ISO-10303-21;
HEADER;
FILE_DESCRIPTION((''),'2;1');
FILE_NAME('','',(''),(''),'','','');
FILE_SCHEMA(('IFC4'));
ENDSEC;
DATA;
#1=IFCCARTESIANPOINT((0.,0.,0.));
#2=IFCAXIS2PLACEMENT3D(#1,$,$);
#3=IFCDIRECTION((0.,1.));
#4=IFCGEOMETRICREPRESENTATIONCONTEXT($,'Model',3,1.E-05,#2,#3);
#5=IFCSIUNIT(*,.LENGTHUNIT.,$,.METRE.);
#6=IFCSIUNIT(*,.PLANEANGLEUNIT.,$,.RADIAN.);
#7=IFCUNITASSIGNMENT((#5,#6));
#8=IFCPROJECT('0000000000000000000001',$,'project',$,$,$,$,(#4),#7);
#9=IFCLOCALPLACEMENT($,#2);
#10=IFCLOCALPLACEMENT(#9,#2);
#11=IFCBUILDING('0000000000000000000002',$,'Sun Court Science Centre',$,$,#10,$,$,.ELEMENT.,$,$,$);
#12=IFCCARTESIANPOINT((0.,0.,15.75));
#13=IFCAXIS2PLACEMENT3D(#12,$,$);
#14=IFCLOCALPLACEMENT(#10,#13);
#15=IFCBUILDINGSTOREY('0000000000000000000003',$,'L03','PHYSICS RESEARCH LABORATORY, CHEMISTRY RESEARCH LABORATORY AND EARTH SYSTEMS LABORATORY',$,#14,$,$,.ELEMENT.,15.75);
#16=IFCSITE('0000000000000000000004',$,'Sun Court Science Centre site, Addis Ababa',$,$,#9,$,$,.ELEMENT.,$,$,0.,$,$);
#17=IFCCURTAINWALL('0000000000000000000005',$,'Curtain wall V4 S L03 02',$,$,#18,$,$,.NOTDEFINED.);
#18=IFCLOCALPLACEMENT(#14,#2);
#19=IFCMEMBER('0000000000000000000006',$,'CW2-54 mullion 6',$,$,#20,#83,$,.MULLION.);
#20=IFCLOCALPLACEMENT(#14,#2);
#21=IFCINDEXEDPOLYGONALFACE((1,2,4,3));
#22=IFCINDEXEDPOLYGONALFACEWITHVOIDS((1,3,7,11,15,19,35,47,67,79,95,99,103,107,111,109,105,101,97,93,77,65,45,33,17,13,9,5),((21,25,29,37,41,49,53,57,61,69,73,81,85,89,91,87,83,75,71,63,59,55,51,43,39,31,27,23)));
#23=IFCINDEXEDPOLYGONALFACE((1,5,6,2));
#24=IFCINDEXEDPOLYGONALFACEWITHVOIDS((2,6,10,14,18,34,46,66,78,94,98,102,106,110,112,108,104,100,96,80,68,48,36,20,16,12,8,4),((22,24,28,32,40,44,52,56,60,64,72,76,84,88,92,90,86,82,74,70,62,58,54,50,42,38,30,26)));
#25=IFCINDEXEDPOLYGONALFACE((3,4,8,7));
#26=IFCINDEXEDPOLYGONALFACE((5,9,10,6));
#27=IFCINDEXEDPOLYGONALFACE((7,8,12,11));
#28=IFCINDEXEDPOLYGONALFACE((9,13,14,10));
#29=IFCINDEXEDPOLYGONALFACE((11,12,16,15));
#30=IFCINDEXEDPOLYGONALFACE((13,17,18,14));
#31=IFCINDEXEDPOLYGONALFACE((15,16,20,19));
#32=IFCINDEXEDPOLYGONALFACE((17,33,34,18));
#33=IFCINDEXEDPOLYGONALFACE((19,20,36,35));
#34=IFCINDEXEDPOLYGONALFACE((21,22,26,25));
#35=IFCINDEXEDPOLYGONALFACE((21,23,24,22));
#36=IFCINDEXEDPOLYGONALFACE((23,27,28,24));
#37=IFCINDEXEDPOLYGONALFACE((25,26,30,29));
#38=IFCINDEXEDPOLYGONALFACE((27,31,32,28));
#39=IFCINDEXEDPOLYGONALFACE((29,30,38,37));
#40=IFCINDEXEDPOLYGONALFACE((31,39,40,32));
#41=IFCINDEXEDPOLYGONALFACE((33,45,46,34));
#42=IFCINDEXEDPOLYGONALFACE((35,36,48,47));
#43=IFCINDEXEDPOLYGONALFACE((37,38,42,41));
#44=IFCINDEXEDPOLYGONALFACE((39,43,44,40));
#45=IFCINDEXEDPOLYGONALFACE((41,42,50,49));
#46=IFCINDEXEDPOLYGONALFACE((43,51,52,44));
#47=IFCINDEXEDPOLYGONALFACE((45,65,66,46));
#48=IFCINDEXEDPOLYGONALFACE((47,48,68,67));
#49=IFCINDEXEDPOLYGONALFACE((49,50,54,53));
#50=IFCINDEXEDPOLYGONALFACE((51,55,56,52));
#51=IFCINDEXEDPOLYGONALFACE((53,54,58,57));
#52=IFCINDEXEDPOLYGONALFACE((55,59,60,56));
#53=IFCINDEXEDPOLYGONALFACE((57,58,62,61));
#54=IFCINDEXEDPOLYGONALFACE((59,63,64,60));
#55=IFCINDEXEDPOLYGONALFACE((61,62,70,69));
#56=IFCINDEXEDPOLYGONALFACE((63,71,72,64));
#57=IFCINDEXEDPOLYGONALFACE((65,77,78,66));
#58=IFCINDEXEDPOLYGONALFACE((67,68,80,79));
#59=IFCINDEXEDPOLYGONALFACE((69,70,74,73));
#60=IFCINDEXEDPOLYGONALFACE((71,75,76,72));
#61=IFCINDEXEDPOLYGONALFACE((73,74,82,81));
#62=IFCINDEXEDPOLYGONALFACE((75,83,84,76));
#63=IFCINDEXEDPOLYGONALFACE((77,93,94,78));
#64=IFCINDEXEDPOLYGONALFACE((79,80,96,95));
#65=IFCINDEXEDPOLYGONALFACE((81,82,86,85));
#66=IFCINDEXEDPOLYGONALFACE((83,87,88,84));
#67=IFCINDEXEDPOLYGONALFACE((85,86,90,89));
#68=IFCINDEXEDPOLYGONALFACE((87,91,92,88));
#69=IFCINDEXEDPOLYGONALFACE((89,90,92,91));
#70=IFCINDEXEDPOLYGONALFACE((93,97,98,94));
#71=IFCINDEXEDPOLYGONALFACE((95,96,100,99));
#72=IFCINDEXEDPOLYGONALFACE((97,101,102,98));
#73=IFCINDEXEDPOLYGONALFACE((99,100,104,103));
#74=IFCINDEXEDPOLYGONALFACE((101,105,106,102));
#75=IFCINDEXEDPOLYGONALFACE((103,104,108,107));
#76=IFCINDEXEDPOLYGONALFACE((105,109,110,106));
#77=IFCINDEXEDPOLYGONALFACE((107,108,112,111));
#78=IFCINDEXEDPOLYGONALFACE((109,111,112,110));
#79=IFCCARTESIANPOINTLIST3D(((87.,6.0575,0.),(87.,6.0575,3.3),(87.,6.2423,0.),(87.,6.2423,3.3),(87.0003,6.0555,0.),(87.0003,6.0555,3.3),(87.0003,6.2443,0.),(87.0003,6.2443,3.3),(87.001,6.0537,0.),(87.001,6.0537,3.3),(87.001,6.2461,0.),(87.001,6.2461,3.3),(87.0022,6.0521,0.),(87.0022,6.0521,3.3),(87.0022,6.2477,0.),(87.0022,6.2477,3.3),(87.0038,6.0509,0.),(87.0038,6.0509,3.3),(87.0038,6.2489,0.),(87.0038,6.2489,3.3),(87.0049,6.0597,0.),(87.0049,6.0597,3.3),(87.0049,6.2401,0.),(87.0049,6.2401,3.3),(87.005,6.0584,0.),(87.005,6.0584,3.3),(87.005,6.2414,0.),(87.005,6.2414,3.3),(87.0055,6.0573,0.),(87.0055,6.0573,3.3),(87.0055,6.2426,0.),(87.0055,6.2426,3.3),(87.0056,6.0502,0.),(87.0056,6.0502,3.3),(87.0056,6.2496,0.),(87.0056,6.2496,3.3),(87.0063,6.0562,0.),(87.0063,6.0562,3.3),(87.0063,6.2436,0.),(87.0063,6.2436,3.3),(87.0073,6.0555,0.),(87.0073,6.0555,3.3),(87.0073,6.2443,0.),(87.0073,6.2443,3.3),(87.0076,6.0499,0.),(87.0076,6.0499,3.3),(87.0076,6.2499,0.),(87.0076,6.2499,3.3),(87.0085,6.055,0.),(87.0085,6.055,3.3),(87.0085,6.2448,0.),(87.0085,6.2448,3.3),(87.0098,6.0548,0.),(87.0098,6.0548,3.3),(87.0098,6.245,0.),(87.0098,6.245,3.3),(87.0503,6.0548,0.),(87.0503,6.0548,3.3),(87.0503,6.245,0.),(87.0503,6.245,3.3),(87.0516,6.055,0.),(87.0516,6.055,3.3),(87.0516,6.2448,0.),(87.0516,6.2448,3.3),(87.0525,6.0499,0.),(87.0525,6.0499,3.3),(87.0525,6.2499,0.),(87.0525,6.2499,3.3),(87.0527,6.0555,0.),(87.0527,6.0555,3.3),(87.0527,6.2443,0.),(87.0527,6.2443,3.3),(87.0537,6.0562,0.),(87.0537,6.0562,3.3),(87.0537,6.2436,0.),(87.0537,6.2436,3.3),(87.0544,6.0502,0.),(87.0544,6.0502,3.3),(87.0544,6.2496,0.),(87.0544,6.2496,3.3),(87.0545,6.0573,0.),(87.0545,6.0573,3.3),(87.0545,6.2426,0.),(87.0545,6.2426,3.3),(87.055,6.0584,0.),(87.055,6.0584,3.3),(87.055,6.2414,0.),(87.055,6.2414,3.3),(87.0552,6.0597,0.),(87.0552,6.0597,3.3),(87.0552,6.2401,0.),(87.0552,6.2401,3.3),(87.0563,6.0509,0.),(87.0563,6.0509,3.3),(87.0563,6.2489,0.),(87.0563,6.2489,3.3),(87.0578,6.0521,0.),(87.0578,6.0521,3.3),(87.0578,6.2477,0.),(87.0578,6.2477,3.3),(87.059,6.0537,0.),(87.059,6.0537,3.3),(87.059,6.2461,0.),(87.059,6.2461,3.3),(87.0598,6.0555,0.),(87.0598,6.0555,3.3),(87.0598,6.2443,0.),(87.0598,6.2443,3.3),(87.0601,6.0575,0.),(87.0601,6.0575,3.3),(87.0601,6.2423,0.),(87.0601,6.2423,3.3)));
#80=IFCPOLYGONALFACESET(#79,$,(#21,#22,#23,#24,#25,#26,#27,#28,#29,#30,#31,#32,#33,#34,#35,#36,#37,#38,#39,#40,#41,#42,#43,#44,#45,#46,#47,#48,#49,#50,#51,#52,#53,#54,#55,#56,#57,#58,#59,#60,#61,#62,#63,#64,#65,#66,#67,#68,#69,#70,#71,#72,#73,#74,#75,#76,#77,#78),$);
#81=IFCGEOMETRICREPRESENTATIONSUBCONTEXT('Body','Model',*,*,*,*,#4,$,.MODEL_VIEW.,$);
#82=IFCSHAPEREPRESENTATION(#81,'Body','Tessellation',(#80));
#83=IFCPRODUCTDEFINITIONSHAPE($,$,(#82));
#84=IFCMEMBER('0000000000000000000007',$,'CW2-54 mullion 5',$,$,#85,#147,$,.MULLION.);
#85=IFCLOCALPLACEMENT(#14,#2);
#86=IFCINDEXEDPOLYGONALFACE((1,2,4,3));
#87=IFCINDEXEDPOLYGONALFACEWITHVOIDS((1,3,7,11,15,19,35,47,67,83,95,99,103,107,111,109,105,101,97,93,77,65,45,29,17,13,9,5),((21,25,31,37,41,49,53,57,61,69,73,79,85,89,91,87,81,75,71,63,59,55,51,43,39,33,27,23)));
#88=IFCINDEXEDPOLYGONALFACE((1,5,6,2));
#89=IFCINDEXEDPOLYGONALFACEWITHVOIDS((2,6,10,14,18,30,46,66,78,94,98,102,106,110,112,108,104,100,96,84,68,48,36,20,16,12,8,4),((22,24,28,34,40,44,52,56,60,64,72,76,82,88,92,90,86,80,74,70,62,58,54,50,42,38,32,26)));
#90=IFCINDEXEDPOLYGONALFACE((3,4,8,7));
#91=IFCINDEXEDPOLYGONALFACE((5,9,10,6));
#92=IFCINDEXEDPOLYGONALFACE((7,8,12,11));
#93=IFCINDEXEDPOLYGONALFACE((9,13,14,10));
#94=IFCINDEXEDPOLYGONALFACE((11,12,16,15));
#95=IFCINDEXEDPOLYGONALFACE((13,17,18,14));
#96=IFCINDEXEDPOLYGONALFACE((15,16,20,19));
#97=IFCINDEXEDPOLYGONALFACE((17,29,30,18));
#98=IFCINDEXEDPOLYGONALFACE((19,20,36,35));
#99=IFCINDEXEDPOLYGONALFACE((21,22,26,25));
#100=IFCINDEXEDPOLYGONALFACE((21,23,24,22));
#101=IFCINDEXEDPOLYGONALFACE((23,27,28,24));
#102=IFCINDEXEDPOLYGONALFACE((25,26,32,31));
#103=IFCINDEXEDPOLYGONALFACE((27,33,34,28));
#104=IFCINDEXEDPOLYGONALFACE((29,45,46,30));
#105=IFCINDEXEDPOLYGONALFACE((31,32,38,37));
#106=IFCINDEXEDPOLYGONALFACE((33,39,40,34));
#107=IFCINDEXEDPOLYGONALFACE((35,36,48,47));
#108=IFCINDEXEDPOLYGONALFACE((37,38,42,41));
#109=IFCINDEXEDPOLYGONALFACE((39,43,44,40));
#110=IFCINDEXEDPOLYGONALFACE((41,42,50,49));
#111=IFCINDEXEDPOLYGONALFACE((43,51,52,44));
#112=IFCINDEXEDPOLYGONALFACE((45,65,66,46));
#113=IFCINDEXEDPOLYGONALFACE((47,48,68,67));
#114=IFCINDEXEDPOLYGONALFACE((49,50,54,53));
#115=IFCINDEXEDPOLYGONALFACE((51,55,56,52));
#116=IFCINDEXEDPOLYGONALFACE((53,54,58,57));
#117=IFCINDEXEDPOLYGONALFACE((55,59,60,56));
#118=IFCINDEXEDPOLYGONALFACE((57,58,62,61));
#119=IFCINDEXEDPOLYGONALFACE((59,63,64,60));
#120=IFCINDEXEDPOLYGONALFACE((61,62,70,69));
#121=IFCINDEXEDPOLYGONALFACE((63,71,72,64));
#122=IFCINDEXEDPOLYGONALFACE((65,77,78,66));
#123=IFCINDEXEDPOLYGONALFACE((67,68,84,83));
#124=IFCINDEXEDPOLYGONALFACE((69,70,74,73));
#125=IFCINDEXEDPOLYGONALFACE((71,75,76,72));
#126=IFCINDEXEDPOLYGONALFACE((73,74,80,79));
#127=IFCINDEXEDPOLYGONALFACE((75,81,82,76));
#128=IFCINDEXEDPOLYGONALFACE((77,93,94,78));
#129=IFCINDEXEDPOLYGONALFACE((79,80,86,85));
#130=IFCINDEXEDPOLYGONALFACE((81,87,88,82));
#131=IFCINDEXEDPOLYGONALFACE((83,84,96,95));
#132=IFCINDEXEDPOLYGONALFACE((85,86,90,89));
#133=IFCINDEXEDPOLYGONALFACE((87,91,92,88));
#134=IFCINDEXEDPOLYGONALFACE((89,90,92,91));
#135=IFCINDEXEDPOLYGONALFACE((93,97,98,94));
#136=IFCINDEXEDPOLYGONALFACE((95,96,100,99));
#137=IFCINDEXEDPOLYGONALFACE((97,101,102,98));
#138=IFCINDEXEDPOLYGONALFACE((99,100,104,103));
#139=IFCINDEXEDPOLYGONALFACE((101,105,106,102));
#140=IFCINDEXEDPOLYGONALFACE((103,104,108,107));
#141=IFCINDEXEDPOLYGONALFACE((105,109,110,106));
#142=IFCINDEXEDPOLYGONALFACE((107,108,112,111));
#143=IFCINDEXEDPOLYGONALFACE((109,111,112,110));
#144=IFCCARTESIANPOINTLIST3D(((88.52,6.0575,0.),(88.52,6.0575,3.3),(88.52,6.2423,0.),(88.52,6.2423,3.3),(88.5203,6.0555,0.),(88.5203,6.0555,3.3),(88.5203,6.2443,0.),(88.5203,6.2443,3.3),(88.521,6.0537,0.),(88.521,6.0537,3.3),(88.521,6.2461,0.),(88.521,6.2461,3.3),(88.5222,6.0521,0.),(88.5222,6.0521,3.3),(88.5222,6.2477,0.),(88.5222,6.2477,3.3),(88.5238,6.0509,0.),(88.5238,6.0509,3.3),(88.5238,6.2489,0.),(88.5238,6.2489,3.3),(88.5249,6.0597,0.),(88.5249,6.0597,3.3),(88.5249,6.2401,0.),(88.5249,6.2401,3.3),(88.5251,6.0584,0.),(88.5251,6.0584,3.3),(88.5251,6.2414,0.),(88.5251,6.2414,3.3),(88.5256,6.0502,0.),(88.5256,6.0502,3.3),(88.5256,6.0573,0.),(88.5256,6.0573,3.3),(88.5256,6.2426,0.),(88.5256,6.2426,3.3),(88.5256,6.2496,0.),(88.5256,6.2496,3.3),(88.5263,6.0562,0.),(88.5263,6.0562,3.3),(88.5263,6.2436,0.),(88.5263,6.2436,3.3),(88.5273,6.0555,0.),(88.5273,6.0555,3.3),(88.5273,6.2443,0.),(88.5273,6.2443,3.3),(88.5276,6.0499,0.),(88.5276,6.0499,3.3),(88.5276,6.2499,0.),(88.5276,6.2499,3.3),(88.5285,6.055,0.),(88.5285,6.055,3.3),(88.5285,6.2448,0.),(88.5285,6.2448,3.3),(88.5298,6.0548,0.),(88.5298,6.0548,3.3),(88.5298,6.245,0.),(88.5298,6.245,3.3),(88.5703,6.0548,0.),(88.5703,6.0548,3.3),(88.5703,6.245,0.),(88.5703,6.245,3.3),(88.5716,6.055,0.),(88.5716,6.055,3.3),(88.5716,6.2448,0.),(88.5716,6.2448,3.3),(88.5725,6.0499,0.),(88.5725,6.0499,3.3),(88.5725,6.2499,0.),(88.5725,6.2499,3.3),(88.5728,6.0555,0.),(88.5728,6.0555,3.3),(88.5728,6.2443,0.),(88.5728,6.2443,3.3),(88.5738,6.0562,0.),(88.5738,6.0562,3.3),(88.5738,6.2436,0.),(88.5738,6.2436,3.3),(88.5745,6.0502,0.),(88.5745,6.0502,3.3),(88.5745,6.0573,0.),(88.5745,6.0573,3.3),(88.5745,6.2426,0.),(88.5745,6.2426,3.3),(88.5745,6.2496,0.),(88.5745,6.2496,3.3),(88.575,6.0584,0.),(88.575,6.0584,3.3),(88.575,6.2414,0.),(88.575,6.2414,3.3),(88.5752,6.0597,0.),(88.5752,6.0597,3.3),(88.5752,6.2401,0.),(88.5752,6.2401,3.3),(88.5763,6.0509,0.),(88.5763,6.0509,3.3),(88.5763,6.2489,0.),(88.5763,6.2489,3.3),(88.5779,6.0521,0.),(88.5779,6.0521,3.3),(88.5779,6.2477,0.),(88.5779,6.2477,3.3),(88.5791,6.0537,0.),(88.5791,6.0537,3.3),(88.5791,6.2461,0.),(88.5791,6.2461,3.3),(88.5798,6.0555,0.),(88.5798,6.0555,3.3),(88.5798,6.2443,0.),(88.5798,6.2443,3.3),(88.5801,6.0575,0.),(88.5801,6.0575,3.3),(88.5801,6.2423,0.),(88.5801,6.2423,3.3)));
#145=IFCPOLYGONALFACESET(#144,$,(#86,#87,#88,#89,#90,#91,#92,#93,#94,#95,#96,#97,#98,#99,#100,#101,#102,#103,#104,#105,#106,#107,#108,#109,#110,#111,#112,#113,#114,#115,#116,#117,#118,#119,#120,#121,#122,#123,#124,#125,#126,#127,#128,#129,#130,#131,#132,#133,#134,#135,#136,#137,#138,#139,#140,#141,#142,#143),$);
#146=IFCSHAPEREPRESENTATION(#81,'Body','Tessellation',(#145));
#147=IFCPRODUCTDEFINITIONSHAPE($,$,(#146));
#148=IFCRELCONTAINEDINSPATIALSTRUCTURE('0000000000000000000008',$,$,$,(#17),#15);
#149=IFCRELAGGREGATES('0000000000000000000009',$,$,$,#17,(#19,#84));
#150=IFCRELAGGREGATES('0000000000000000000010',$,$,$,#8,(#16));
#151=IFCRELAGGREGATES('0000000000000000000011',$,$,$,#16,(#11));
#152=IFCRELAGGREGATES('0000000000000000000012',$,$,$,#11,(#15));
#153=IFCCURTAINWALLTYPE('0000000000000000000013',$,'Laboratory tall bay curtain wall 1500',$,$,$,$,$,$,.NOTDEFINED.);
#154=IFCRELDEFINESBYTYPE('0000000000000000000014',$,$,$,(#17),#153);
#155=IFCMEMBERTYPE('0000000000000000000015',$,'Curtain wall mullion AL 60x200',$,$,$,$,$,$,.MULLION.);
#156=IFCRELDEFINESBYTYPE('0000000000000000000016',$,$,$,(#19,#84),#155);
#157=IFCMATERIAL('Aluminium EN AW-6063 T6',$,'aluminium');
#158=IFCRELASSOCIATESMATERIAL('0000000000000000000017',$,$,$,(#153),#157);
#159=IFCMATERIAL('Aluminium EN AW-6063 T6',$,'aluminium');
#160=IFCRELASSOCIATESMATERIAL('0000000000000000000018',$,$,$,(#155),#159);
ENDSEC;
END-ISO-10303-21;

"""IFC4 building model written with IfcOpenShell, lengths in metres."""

from ifc_helpers import new_model, si_unit, direction, frame, origin, origin_2d, place, context, subcontext, project, spatial, hollow_rectangle, extrude, material, material_profile, profile_set, type_object, element, aggregate, save


model = new_model("IFC4")

# Units and contexts
model_context = context("Model", 3, precision=1e-05, world=origin(), true_north=direction((0.0, 1.0)))
body_context = subcontext(model_context, "Body", "Model", "MODEL_VIEW")
ifc_project = project(units=[si_unit("LENGTHUNIT", "METRE"), si_unit("PLANEANGLEUNIT", "RADIAN")], contexts=[model_context])

# Site, building, storey
site_placement = place(None, origin())
site = spatial("IfcSite", under=ifc_project, at=site_placement, Name="Sun Court Science Centre site, Addis Ababa", CompositionType="ELEMENT", RefElevation=0.0)
building_placement = place(site_placement, origin())
building = spatial("IfcBuilding", under=site, at=building_placement, Name="Sun Court Science Centre", CompositionType="ELEMENT")
storey_placement = place(building_placement, frame((0.0, 0.0, 15.75)))
storey = spatial("IfcBuildingStorey", under=building, at=storey_placement, Name="L03", Description="PHYSICS RESEARCH LABORATORY, CHEMISTRY RESEARCH LABORATORY AND EARTH SYSTEMS LABORATORY", CompositionType="ELEMENT", Elevation=15.75)

# Curtain wall, members
ifc_material_1 = material(Name="Aluminium EN AW-6063 T6", Category="aluminium")
curtain_wall_type = type_object("IfcCurtainWallType", Name="Laboratory tall bay curtain wall 1500", PredefinedType="NOTDEFINED", material=ifc_material_1)
curtain_wall_placement = place(storey_placement, origin())
curtain_wall = element("IfcCurtainWall", 1, at=curtain_wall_placement, inside=storey, type_object=curtain_wall_type, Name="Curtain wall V4 S L03 02", PredefinedType="NOTDEFINED")
ifc_material_2 = material(Name="Aluminium EN AW-6063 T6", Category="aluminium")
ifc_material_profile_1 = material_profile(ifc_material_2, hollow_rectangle(XDim=0.0601, YDim=0.2, WallThickness=0.0049, InnerFilletRadius=0.0049, OuterFilletRadius=0.0076, at=origin_2d()), Name="AL 60x200x5")
ifc_profile_set_1 = profile_set([ifc_material_profile_1], Name="Aluminium EN AW-6063 T6")
member_type_1 = type_object("IfcMemberType", Name="Curtain wall mullion AL 60x200", PredefinedType="MULLION", material=ifc_profile_set_1)
member_1_placement = place(storey_placement, frame((87.03, 6.1499, 0.0), z_axis=(0.0, 0.0, 1.0), x_axis=(-1.0, 0.0, 0.0)))
member_1 = element("IfcMember", 2, at=member_1_placement, type_object=member_type_1, Name="CW2-54 mullion 6", PredefinedType="MULLION", context=body_context, shape_type="SweptSolid", body=[
    extrude(hollow_rectangle(XDim=0.0601, YDim=0.2, WallThickness=0.0049, InnerFilletRadius=0.0049, OuterFilletRadius=0.0076, at=origin_2d()), origin(), (0.0, 0.0, 1.0), 3.3),
])
member_2_placement = place(storey_placement, frame((88.55, 6.1499, 0.0), z_axis=(0.0, 0.0, 1.0), x_axis=(-1.0, 0.0, 0.0)))
member_2 = element("IfcMember", 3, at=member_2_placement, type_object=member_type_1, Name="CW2-54 mullion 5", PredefinedType="MULLION", context=body_context, shape_type="SweptSolid", body=[
    extrude(hollow_rectangle(XDim=0.0601, YDim=0.2, WallThickness=0.0049, InnerFilletRadius=0.0049, OuterFilletRadius=0.0076, at=origin_2d()), origin(), (0.0, 0.0, 1.0), 3.3),
])

aggregate(curtain_wall, [member_1, member_2])

save(model, "model.ifc")
